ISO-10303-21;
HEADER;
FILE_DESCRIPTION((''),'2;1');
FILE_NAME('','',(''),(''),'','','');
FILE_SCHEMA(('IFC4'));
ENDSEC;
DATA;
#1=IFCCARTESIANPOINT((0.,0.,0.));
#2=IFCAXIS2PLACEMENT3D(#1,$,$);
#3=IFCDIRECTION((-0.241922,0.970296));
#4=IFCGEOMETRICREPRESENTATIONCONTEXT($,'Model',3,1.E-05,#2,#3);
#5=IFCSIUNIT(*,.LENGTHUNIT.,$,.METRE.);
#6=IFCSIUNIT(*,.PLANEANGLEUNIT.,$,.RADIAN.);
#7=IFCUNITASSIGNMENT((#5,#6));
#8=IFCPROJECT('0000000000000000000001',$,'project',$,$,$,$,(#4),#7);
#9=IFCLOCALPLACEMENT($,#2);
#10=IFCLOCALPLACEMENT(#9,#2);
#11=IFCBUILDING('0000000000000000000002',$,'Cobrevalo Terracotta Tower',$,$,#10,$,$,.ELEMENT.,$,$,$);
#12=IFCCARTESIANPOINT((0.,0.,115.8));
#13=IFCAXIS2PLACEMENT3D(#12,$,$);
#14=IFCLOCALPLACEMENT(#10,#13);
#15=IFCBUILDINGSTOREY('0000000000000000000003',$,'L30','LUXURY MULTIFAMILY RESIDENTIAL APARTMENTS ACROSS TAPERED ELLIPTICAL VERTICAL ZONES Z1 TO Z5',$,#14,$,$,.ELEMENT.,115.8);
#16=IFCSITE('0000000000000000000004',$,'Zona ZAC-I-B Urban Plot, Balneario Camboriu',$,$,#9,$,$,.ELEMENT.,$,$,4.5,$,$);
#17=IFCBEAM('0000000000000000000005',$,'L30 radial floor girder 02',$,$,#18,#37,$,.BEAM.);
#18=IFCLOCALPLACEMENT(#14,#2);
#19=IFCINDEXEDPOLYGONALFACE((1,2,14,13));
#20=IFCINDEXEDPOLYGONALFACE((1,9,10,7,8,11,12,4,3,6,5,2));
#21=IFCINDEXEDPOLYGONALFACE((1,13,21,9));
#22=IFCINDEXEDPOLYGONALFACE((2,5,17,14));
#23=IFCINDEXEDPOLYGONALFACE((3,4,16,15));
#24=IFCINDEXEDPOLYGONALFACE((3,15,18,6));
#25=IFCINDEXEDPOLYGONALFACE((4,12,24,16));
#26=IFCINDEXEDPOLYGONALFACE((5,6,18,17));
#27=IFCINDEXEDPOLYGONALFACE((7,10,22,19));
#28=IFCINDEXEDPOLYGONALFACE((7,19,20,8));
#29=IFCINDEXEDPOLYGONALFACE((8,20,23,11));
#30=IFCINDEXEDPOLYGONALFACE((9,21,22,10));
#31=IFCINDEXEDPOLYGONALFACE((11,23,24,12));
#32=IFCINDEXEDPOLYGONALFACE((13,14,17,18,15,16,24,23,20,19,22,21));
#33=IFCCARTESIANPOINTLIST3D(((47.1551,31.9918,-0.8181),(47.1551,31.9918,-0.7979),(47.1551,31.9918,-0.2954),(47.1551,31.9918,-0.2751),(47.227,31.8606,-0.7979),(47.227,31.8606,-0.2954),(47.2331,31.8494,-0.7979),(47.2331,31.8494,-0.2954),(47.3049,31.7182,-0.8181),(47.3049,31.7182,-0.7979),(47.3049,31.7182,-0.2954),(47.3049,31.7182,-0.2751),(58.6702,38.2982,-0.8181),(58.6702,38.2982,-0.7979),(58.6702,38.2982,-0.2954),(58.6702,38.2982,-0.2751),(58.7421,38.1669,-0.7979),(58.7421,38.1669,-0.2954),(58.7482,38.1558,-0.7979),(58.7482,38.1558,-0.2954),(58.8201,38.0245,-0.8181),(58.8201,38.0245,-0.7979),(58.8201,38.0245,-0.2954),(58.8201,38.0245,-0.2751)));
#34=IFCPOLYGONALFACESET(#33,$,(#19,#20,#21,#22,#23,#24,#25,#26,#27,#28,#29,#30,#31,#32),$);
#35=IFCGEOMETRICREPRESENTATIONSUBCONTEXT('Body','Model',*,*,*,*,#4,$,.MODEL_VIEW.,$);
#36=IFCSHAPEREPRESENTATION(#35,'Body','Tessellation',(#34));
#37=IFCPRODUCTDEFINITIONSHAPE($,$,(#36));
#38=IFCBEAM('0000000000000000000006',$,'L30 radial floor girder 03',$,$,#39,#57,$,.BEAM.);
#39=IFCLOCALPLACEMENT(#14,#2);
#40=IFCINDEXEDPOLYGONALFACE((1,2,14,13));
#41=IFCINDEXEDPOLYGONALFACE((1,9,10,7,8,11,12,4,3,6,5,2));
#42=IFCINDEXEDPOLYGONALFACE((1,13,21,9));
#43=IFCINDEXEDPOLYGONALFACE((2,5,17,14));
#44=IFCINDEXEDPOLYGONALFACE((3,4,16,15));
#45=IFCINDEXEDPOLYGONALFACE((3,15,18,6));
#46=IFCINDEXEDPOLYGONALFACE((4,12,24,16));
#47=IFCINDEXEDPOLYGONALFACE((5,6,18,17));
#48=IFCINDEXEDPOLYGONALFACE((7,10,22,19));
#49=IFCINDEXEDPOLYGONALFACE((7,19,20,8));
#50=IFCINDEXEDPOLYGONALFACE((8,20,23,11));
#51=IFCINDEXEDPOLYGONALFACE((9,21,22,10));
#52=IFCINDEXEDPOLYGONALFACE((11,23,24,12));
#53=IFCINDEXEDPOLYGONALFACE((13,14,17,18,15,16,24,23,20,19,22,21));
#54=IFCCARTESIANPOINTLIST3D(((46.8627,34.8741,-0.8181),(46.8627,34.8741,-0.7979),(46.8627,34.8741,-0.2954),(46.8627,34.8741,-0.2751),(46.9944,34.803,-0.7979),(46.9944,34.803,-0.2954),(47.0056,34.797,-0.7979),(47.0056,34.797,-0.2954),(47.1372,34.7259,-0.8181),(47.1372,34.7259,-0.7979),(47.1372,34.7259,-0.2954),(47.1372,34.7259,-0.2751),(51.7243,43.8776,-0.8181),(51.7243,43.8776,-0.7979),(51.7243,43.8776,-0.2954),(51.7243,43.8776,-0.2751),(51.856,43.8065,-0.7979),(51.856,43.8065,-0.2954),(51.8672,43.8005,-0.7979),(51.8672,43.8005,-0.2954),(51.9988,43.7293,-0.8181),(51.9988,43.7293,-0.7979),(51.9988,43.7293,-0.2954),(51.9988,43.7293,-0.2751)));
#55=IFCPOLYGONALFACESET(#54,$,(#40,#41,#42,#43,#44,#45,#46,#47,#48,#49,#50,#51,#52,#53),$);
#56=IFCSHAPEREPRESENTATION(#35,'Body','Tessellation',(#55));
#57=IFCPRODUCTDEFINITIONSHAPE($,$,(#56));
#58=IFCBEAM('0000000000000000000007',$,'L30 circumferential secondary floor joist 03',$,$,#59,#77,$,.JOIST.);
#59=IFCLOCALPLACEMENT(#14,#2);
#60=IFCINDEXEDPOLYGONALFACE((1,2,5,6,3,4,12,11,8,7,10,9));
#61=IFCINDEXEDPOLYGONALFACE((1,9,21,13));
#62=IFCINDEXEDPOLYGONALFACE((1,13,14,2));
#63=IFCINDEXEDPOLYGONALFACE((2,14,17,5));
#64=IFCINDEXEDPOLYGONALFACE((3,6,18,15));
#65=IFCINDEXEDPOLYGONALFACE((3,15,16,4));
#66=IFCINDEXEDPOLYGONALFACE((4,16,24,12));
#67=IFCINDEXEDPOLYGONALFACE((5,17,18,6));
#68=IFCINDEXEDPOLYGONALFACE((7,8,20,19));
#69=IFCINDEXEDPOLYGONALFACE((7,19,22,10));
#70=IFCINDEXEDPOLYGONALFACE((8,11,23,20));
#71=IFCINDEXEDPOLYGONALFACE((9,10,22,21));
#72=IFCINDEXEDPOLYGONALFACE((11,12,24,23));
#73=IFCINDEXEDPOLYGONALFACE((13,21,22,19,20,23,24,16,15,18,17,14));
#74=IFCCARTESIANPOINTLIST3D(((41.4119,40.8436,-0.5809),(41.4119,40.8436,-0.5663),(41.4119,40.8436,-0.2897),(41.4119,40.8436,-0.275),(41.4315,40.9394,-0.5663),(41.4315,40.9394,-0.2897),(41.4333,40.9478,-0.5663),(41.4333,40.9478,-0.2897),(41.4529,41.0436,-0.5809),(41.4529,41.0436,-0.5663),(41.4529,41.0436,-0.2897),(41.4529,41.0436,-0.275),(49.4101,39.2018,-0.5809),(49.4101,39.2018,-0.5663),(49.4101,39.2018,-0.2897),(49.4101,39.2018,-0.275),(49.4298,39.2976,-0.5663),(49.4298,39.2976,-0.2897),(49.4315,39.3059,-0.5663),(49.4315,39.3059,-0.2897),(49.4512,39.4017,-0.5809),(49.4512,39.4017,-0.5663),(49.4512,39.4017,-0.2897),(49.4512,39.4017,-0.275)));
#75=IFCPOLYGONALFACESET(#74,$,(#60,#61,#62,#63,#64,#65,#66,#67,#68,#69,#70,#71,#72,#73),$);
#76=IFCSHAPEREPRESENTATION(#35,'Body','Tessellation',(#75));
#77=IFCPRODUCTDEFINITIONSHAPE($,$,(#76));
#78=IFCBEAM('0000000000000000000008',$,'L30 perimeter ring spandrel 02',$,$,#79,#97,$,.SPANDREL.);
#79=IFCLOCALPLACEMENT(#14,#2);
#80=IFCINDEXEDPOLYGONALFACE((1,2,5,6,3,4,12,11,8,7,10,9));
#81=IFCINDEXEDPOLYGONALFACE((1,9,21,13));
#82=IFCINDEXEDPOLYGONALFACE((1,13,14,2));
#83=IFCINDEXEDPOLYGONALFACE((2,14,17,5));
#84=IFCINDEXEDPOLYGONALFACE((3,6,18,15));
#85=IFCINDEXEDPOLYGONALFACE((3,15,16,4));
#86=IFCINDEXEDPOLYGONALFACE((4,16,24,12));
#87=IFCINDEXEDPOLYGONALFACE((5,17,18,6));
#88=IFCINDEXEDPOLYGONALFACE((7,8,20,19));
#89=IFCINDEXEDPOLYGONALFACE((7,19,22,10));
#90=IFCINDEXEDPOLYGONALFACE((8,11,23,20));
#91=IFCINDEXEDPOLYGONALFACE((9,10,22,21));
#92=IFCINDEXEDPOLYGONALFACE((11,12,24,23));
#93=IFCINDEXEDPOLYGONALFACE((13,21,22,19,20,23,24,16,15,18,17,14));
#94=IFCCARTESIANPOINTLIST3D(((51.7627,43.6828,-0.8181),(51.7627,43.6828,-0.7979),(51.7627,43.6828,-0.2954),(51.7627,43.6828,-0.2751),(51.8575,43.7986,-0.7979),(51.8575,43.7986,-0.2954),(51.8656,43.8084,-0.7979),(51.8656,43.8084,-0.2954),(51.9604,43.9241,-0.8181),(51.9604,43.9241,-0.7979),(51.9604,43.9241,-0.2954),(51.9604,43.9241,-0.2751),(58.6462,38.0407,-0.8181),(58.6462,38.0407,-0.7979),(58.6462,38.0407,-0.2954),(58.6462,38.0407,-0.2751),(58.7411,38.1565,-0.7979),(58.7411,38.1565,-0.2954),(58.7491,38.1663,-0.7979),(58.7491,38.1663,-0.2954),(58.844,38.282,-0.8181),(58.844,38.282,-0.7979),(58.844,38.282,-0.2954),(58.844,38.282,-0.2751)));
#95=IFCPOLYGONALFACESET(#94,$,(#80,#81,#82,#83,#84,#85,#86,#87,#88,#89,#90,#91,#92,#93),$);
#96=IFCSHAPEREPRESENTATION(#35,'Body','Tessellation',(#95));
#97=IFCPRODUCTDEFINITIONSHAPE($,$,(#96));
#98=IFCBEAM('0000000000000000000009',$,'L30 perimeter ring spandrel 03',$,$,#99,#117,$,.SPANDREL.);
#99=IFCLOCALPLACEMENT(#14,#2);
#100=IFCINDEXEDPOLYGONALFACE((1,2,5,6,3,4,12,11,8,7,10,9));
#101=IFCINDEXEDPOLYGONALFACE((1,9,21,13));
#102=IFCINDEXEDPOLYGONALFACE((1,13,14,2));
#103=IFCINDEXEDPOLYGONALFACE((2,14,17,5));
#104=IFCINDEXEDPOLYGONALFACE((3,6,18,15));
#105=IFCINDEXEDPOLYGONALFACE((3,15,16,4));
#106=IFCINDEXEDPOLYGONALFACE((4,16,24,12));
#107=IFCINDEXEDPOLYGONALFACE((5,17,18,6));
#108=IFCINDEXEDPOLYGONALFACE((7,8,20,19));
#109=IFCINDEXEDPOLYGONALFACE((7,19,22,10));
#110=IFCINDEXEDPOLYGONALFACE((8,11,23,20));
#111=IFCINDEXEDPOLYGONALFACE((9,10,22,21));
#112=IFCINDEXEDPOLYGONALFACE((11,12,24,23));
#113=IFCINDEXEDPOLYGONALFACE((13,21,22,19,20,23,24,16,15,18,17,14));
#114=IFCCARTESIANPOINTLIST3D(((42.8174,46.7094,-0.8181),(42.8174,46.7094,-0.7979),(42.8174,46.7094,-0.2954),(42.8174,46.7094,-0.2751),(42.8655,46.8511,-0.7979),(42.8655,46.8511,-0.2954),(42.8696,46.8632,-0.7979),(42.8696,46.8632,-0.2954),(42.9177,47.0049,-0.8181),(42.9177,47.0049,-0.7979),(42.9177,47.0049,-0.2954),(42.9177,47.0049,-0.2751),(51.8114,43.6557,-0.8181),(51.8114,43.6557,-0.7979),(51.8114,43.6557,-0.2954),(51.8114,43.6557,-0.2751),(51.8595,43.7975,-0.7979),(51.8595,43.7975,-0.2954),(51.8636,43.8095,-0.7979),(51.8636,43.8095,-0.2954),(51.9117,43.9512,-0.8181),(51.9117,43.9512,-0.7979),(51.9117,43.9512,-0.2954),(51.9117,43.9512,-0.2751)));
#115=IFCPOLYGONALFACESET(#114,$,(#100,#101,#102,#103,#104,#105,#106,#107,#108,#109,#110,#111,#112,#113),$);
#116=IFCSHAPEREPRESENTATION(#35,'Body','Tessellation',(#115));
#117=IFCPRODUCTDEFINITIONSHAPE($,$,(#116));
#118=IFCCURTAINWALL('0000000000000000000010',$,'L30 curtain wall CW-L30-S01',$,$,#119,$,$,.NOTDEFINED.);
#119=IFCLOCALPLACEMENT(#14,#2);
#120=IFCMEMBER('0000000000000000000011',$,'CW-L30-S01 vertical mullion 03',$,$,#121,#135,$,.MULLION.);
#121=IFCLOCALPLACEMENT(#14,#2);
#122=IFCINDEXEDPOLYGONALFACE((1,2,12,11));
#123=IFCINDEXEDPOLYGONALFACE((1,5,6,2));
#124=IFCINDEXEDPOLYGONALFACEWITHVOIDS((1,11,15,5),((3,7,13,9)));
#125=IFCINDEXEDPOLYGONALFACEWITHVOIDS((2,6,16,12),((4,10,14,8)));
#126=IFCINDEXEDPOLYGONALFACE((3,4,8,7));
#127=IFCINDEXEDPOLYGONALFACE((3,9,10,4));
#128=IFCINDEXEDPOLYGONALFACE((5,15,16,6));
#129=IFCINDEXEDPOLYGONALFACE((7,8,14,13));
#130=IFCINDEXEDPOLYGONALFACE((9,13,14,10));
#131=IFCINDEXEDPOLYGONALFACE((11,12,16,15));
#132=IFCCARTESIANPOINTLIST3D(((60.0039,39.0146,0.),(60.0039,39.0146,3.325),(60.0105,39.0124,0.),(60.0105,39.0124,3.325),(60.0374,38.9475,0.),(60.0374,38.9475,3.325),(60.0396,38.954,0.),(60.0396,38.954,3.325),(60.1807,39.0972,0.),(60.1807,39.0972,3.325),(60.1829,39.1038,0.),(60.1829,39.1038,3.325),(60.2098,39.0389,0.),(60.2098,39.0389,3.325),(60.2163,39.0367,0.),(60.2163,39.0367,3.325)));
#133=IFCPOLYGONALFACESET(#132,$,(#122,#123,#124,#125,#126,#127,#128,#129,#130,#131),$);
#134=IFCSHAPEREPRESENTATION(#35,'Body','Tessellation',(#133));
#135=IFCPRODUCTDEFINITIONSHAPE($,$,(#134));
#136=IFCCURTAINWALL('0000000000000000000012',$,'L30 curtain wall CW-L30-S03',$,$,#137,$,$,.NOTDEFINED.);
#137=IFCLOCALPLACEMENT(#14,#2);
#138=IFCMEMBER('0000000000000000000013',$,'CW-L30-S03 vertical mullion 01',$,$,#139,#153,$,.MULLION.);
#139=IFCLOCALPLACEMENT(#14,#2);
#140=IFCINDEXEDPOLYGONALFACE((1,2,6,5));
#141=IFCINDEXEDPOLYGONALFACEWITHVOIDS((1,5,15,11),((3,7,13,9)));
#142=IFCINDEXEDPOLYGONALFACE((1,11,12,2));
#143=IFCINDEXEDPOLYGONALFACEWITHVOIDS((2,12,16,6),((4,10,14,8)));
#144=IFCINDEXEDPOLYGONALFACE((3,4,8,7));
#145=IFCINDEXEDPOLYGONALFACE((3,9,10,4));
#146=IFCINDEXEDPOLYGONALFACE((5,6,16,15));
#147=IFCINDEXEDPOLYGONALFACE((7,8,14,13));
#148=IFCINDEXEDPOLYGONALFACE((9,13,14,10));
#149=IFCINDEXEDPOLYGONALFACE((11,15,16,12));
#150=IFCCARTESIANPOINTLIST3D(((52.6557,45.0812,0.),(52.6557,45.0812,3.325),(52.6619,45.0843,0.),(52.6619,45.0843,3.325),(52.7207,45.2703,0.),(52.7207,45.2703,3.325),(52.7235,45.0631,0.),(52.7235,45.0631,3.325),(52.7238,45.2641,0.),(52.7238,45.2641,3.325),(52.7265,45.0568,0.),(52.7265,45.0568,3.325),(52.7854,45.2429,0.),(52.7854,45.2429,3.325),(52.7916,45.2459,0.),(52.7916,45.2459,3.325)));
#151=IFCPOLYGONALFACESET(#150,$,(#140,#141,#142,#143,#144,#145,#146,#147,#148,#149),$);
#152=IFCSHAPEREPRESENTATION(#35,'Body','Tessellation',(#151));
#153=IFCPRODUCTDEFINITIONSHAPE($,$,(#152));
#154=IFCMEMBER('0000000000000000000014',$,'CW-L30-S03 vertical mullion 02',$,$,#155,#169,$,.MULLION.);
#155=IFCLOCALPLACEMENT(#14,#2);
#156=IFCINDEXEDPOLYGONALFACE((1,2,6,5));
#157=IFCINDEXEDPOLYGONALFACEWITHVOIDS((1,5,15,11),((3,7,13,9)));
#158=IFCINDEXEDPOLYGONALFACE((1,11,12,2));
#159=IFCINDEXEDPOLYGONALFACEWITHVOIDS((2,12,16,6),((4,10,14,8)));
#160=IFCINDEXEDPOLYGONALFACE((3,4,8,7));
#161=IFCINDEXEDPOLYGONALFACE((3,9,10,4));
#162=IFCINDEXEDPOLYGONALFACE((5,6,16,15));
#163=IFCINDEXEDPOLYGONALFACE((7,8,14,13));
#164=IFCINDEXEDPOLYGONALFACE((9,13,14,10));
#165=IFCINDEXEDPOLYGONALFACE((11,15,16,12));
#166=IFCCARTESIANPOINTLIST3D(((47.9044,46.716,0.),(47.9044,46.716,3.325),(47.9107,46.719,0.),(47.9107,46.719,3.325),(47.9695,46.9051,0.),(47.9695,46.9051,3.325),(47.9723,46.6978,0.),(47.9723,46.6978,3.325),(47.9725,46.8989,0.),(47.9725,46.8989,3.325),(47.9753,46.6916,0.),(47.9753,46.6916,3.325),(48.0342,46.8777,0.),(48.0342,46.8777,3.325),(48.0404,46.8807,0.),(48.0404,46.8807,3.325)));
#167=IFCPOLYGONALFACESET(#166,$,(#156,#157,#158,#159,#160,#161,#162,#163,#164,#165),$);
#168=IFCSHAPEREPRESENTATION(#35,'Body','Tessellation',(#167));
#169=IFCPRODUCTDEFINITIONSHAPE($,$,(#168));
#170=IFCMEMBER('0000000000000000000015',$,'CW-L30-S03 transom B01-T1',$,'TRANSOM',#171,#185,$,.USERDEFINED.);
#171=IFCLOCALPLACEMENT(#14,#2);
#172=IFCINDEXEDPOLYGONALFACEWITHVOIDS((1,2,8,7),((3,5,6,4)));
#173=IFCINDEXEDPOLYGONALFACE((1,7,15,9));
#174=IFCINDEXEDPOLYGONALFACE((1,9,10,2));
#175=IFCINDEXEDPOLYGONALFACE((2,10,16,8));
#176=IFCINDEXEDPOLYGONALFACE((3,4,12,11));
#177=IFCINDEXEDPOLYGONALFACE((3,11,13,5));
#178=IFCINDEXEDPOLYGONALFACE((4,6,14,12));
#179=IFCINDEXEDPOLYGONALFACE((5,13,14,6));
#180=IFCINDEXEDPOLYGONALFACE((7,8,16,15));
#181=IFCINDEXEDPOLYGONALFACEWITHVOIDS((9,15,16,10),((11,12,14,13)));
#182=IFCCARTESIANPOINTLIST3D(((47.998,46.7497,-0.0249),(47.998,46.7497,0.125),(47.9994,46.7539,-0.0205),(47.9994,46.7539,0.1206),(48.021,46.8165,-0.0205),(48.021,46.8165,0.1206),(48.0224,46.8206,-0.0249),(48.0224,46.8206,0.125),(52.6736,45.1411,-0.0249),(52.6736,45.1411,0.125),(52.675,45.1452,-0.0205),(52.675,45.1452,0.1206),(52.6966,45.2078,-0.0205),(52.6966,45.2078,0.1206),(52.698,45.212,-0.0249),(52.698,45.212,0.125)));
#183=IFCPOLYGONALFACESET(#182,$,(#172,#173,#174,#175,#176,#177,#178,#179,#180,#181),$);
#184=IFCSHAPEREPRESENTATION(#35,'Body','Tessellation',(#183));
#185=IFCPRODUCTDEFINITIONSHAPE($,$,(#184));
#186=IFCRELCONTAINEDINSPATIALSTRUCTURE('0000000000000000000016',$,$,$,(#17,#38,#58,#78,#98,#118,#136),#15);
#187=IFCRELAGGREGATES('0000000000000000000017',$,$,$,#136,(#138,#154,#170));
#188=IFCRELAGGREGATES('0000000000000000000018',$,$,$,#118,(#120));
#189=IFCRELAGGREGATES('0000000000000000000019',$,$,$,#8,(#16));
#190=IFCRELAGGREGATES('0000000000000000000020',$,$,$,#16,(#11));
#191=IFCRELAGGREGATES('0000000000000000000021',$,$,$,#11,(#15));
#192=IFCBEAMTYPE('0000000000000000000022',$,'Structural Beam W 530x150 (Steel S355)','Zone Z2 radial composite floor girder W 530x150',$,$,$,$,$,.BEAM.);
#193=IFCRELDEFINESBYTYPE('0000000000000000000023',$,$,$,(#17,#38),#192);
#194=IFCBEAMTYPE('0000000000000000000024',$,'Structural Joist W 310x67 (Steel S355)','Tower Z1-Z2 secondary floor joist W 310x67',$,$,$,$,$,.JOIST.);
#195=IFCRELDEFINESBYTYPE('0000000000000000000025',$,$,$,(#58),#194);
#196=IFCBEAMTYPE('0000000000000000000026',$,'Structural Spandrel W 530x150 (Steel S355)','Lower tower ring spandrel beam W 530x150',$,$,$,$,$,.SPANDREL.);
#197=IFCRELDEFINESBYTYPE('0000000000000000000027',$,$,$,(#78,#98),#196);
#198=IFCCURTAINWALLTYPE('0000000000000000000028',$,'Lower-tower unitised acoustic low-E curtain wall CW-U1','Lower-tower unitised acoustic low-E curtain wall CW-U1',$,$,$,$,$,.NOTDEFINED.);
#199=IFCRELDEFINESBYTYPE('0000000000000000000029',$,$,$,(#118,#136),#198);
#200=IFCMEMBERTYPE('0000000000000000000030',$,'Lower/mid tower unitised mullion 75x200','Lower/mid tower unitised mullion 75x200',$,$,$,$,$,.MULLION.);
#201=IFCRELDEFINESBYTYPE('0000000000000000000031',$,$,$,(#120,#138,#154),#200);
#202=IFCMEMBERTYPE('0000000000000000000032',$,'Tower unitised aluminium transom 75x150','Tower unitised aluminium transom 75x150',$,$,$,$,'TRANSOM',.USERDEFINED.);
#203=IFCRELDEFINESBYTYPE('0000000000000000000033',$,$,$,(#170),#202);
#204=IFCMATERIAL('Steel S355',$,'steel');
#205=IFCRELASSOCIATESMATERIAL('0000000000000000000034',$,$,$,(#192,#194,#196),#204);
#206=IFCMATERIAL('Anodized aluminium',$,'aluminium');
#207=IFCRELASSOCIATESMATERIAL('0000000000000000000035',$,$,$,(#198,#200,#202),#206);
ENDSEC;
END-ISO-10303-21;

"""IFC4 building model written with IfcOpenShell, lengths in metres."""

from ifc_helpers import new_model, si_unit, direction, frame, origin, origin_2d, place, context, subcontext, project, spatial, hollow_rectangle, i_section, extrude, source, transform, mapped, material, material_profile, profile_set, type_object, element, aggregate, save


model = new_model("IFC4")

# Units and contexts
model_context = context("Model", 3, precision=1e-05, world=origin(), true_north=direction((-0.241922, 0.970296)))
body_context = subcontext(model_context, "Body", "Model", "MODEL_VIEW")
ifc_project = project(units=[si_unit("LENGTHUNIT", "METRE"), si_unit("PLANEANGLEUNIT", "RADIAN")], contexts=[model_context])

# Site, building, storey
site_placement = place(None, origin())
site = spatial("IfcSite", under=ifc_project, at=site_placement, Name="Zona ZAC-I-B Urban Plot, Balneario Camboriu", CompositionType="ELEMENT", RefElevation=4.5)
building_placement = place(site_placement, origin())
building = spatial("IfcBuilding", under=site, at=building_placement, Name="Cobrevalo Terracotta Tower", CompositionType="ELEMENT")
storey_placement = place(building_placement, frame((0.0, 0.0, 115.8)))
storey = spatial("IfcBuildingStorey", under=building, at=storey_placement, Name="L30", Description="LUXURY MULTIFAMILY RESIDENTIAL APARTMENTS ACROSS TAPERED ELLIPTICAL VERTICAL ZONES Z1 TO Z5", CompositionType="ELEMENT", Elevation=115.8)

# Shared definitions
ifc_material_1 = material(Name="Steel S355", Category="steel")

# Beams
ifc_material_profile_1 = material_profile(ifc_material_1, i_section(OverallWidth=0.312, OverallDepth=0.543, WebThickness=0.0127, FlangeThickness=0.0203, at=origin_2d()), Name="W 530x150")
ifc_profile_set_1 = profile_set([ifc_material_profile_1], Name="Steel S355")
beam_type_1 = type_object("IfcBeamType", Name="Structural Beam W 530x150 (Steel S355)", Description="Zone Z2 radial composite floor girder W 530x150", PredefinedType="BEAM", material=ifc_profile_set_1)
beam_1_placement = place(storey_placement, frame((58.7451, 38.1614, -0.5466), z_axis=(-0.877081, -0.480343, 0.0), x_axis=(0.480343, -0.877081, 0.0)))
element("IfcBeam", 1, at=beam_1_placement, inside=storey, type_object=beam_type_1, Name="L30 radial floor girder 02", PredefinedType="BEAM", context=body_context, shape_type="SweptSolid", body=[
    extrude(i_section(OverallWidth=0.312, OverallDepth=0.543, WebThickness=0.0127, FlangeThickness=0.0203, at=origin_2d()), origin(), (0.0, 0.0, 1.0), 13.1289),
])
beam_2_placement = place(storey_placement, frame((51.8616, 43.8035, -0.5466), z_axis=(-0.475128, -0.879917, 0.0), x_axis=(0.879917, -0.475128, 0.0)))
element("IfcBeam", 2, at=beam_2_placement, inside=storey, type_object=beam_type_1, Name="L30 radial floor girder 03", PredefinedType="BEAM", context=body_context, shape_type="SweptSolid", body=[
    extrude(i_section(OverallWidth=0.312, OverallDepth=0.543, WebThickness=0.0127, FlangeThickness=0.0203, at=origin_2d()), origin(), (0.0, 0.0, 1.0), 10.2322),
])
ifc_material_profile_2 = material_profile(ifc_material_1, i_section(OverallWidth=0.2041, OverallDepth=0.3059, WebThickness=0.0085, FlangeThickness=0.0146, at=origin_2d()), Name="W 310x67")
ifc_profile_set_2 = profile_set([ifc_material_profile_2], Name="Steel S355")
beam_type_2 = type_object("IfcBeamType", Name="Structural Joist W 310x67 (Steel S355)", Description="Tower Z1-Z2 secondary floor joist W 310x67", PredefinedType="JOIST", material=ifc_profile_set_2)
beam_3_placement = place(storey_placement, frame((49.4307, 39.3018, -0.428), z_axis=(-0.979574, 0.201082, 0.0), x_axis=(-0.201082, -0.979574, 0.0)))
element("IfcBeam", 3, at=beam_3_placement, inside=storey, type_object=beam_type_2, Name="L30 circumferential secondary floor joist 03", PredefinedType="JOIST", context=body_context, shape_type="SweptSolid", body=[
    extrude(i_section(OverallWidth=0.2041, OverallDepth=0.3059, WebThickness=0.0085, FlangeThickness=0.0146, at=origin_2d()), origin(), (0.0, 0.0, 1.0), 8.165),
])
ifc_material_profile_3 = material_profile(ifc_material_1, i_section(OverallWidth=0.312, OverallDepth=0.543, WebThickness=0.0127, FlangeThickness=0.0203, at=origin_2d()), Name="W 530x150")
ifc_profile_set_3 = profile_set([ifc_material_profile_3], Name="Steel S355")
beam_type_3 = type_object("IfcBeamType", Name="Structural Spandrel W 530x150 (Steel S355)", Description="Lower tower ring spandrel beam W 530x150", PredefinedType="SPANDREL", material=ifc_profile_set_3)
beam_4_placement = place(storey_placement, frame((58.7451, 38.1614, -0.5466), z_axis=(-0.773401, 0.633917, 0.0), x_axis=(-0.633917, -0.773401, 0.0)))
element("IfcBeam", 4, at=beam_4_placement, inside=storey, type_object=beam_type_3, Name="L30 perimeter ring spandrel 02", PredefinedType="SPANDREL", context=body_context, shape_type="SweptSolid", body=[
    extrude(i_section(OverallWidth=0.312, OverallDepth=0.543, WebThickness=0.0127, FlangeThickness=0.0203, at=origin_2d()), origin(), (0.0, 0.0, 1.0), 8.9004),
])
beam_5_placement = place(storey_placement, frame((51.8616, 43.8035, -0.5466), z_axis=(-0.946911, 0.321497, 0.0), x_axis=(-0.321497, -0.946911, 0.0)))
element("IfcBeam", 5, at=beam_5_placement, inside=storey, type_object=beam_type_3, Name="L30 perimeter ring spandrel 03", PredefinedType="SPANDREL", context=body_context, shape_type="SweptSolid", body=[
    extrude(i_section(OverallWidth=0.312, OverallDepth=0.543, WebThickness=0.0127, FlangeThickness=0.0203, at=origin_2d()), origin(), (0.0, 0.0, 1.0), 9.4983),
])

# Curtain wall, member
ifc_material_2 = material(Name="Anodized aluminium", Category="aluminium")
curtain_wall_type = type_object("IfcCurtainWallType", Name="Lower-tower unitised acoustic low-E curtain wall CW-U1", Description="Lower-tower unitised acoustic low-E curtain wall CW-U1", PredefinedType="NOTDEFINED", material=ifc_material_2)
curtain_wall_1_placement = place(storey_placement, origin())
curtain_wall_1 = element("IfcCurtainWall", 6, at=curtain_wall_1_placement, inside=storey, type_object=curtain_wall_type, Name="L30 curtain wall CW-L30-S01", PredefinedType="NOTDEFINED")
ifc_material_profile_4 = material_profile(ifc_material_2, hollow_rectangle(XDim=0.075, YDim=0.2, WallThickness=0.0049, at=origin_2d()), Name="CWM 75x200")
ifc_profile_set_4 = profile_set([ifc_material_profile_4], Name="Anodized aluminium")
member_type_1 = type_object("IfcMemberType", Name="Lower/mid tower unitised mullion 75x200", Description="Lower/mid tower unitised mullion 75x200", PredefinedType="MULLION", material=ifc_profile_set_4)
shared_shape_1 = source(origin(), body_context, "Body", "SweptSolid", [
    extrude(hollow_rectangle(XDim=0.075, YDim=0.2, WallThickness=0.0049, at=origin_2d()), origin(), (0.0, 0.0, 1.0), 3.325),
])
member_1_placement = place(storey_placement, frame((60.1101, 39.0256, 0.0), z_axis=(0.0, 0.0, 1.0), x_axis=(-0.44626, 0.894903, 0.0)))
member_1 = element("IfcMember", 7, at=member_1_placement, type_object=member_type_1, Name="CW-L30-S01 vertical mullion 03", PredefinedType="MULLION", context=body_context, shape_type="MappedRepresentation", body=[
    mapped(shared_shape_1, transform((0.0, 0.0, 0.0), scale=1.0)),
])

# Curtain wall, members
curtain_wall_2_placement = place(storey_placement, origin())
curtain_wall_2 = element("IfcCurtainWall", 8, at=curtain_wall_2_placement, inside=storey, type_object=curtain_wall_type, Name="L30 curtain wall CW-L30-S03", PredefinedType="NOTDEFINED")
member_2_placement = place(storey_placement, frame((52.7236, 45.1636, 0.0), z_axis=(0.0, 0.0, 1.0), x_axis=(-0.945598, 0.325337, 0.0)))
member_2 = element("IfcMember", 9, at=member_2_placement, type_object=member_type_1, Name="CW-L30-S03 vertical mullion 01", PredefinedType="MULLION", context=body_context, shape_type="MappedRepresentation", body=[
    mapped(shared_shape_1, transform((0.0, 0.0, 0.0), scale=1.0)),
])
member_3_placement = place(storey_placement, frame((47.9724, 46.7983, 0.0), z_axis=(0.0, 0.0, 1.0), x_axis=(-0.945598, 0.325337, 0.0)))
member_3 = element("IfcMember", 10, at=member_3_placement, type_object=member_type_1, Name="CW-L30-S03 vertical mullion 02", PredefinedType="MULLION", context=body_context, shape_type="MappedRepresentation", body=[
    mapped(shared_shape_1, transform((0.0, 0.0, 0.0), scale=1.0)),
])
ifc_material_profile_5 = material_profile(ifc_material_2, hollow_rectangle(XDim=0.075, YDim=0.1499, WallThickness=0.0044, at=origin_2d()), Name="CWT 75x150")
ifc_profile_set_5 = profile_set([ifc_material_profile_5], Name="Anodized aluminium")
member_type_2 = type_object("IfcMemberType", Name="Tower unitised aluminium transom 75x150", Description="Tower unitised aluminium transom 75x150", ElementType="TRANSOM", PredefinedType="USERDEFINED", material=ifc_profile_set_5)
shared_shape_2 = source(origin(), body_context, "Body", "SweptSolid", [
    extrude(hollow_rectangle(XDim=0.075, YDim=0.1499, WallThickness=0.0044, at=origin_2d()), origin(), (0.0, 0.0, 1.0), 4.9446),
])
member_4_placement = place(storey_placement, frame((52.6858, 45.1765, 0.05), z_axis=(-0.945598, 0.325338, 0.0), x_axis=(-0.325338, -0.945598, 0.0)))
member_4 = element("IfcMember", 11, at=member_4_placement, type_object=member_type_2, Name="CW-L30-S03 transom B01-T1", ObjectType="TRANSOM", PredefinedType="USERDEFINED", context=body_context, shape_type="MappedRepresentation", body=[
    mapped(shared_shape_2, transform((0.0, 0.0, 0.0), scale=1.0)),
])

aggregate(curtain_wall_2, [member_2, member_3, member_4])
aggregate(curtain_wall_1, [member_1])

save(model, "model.ifc")
